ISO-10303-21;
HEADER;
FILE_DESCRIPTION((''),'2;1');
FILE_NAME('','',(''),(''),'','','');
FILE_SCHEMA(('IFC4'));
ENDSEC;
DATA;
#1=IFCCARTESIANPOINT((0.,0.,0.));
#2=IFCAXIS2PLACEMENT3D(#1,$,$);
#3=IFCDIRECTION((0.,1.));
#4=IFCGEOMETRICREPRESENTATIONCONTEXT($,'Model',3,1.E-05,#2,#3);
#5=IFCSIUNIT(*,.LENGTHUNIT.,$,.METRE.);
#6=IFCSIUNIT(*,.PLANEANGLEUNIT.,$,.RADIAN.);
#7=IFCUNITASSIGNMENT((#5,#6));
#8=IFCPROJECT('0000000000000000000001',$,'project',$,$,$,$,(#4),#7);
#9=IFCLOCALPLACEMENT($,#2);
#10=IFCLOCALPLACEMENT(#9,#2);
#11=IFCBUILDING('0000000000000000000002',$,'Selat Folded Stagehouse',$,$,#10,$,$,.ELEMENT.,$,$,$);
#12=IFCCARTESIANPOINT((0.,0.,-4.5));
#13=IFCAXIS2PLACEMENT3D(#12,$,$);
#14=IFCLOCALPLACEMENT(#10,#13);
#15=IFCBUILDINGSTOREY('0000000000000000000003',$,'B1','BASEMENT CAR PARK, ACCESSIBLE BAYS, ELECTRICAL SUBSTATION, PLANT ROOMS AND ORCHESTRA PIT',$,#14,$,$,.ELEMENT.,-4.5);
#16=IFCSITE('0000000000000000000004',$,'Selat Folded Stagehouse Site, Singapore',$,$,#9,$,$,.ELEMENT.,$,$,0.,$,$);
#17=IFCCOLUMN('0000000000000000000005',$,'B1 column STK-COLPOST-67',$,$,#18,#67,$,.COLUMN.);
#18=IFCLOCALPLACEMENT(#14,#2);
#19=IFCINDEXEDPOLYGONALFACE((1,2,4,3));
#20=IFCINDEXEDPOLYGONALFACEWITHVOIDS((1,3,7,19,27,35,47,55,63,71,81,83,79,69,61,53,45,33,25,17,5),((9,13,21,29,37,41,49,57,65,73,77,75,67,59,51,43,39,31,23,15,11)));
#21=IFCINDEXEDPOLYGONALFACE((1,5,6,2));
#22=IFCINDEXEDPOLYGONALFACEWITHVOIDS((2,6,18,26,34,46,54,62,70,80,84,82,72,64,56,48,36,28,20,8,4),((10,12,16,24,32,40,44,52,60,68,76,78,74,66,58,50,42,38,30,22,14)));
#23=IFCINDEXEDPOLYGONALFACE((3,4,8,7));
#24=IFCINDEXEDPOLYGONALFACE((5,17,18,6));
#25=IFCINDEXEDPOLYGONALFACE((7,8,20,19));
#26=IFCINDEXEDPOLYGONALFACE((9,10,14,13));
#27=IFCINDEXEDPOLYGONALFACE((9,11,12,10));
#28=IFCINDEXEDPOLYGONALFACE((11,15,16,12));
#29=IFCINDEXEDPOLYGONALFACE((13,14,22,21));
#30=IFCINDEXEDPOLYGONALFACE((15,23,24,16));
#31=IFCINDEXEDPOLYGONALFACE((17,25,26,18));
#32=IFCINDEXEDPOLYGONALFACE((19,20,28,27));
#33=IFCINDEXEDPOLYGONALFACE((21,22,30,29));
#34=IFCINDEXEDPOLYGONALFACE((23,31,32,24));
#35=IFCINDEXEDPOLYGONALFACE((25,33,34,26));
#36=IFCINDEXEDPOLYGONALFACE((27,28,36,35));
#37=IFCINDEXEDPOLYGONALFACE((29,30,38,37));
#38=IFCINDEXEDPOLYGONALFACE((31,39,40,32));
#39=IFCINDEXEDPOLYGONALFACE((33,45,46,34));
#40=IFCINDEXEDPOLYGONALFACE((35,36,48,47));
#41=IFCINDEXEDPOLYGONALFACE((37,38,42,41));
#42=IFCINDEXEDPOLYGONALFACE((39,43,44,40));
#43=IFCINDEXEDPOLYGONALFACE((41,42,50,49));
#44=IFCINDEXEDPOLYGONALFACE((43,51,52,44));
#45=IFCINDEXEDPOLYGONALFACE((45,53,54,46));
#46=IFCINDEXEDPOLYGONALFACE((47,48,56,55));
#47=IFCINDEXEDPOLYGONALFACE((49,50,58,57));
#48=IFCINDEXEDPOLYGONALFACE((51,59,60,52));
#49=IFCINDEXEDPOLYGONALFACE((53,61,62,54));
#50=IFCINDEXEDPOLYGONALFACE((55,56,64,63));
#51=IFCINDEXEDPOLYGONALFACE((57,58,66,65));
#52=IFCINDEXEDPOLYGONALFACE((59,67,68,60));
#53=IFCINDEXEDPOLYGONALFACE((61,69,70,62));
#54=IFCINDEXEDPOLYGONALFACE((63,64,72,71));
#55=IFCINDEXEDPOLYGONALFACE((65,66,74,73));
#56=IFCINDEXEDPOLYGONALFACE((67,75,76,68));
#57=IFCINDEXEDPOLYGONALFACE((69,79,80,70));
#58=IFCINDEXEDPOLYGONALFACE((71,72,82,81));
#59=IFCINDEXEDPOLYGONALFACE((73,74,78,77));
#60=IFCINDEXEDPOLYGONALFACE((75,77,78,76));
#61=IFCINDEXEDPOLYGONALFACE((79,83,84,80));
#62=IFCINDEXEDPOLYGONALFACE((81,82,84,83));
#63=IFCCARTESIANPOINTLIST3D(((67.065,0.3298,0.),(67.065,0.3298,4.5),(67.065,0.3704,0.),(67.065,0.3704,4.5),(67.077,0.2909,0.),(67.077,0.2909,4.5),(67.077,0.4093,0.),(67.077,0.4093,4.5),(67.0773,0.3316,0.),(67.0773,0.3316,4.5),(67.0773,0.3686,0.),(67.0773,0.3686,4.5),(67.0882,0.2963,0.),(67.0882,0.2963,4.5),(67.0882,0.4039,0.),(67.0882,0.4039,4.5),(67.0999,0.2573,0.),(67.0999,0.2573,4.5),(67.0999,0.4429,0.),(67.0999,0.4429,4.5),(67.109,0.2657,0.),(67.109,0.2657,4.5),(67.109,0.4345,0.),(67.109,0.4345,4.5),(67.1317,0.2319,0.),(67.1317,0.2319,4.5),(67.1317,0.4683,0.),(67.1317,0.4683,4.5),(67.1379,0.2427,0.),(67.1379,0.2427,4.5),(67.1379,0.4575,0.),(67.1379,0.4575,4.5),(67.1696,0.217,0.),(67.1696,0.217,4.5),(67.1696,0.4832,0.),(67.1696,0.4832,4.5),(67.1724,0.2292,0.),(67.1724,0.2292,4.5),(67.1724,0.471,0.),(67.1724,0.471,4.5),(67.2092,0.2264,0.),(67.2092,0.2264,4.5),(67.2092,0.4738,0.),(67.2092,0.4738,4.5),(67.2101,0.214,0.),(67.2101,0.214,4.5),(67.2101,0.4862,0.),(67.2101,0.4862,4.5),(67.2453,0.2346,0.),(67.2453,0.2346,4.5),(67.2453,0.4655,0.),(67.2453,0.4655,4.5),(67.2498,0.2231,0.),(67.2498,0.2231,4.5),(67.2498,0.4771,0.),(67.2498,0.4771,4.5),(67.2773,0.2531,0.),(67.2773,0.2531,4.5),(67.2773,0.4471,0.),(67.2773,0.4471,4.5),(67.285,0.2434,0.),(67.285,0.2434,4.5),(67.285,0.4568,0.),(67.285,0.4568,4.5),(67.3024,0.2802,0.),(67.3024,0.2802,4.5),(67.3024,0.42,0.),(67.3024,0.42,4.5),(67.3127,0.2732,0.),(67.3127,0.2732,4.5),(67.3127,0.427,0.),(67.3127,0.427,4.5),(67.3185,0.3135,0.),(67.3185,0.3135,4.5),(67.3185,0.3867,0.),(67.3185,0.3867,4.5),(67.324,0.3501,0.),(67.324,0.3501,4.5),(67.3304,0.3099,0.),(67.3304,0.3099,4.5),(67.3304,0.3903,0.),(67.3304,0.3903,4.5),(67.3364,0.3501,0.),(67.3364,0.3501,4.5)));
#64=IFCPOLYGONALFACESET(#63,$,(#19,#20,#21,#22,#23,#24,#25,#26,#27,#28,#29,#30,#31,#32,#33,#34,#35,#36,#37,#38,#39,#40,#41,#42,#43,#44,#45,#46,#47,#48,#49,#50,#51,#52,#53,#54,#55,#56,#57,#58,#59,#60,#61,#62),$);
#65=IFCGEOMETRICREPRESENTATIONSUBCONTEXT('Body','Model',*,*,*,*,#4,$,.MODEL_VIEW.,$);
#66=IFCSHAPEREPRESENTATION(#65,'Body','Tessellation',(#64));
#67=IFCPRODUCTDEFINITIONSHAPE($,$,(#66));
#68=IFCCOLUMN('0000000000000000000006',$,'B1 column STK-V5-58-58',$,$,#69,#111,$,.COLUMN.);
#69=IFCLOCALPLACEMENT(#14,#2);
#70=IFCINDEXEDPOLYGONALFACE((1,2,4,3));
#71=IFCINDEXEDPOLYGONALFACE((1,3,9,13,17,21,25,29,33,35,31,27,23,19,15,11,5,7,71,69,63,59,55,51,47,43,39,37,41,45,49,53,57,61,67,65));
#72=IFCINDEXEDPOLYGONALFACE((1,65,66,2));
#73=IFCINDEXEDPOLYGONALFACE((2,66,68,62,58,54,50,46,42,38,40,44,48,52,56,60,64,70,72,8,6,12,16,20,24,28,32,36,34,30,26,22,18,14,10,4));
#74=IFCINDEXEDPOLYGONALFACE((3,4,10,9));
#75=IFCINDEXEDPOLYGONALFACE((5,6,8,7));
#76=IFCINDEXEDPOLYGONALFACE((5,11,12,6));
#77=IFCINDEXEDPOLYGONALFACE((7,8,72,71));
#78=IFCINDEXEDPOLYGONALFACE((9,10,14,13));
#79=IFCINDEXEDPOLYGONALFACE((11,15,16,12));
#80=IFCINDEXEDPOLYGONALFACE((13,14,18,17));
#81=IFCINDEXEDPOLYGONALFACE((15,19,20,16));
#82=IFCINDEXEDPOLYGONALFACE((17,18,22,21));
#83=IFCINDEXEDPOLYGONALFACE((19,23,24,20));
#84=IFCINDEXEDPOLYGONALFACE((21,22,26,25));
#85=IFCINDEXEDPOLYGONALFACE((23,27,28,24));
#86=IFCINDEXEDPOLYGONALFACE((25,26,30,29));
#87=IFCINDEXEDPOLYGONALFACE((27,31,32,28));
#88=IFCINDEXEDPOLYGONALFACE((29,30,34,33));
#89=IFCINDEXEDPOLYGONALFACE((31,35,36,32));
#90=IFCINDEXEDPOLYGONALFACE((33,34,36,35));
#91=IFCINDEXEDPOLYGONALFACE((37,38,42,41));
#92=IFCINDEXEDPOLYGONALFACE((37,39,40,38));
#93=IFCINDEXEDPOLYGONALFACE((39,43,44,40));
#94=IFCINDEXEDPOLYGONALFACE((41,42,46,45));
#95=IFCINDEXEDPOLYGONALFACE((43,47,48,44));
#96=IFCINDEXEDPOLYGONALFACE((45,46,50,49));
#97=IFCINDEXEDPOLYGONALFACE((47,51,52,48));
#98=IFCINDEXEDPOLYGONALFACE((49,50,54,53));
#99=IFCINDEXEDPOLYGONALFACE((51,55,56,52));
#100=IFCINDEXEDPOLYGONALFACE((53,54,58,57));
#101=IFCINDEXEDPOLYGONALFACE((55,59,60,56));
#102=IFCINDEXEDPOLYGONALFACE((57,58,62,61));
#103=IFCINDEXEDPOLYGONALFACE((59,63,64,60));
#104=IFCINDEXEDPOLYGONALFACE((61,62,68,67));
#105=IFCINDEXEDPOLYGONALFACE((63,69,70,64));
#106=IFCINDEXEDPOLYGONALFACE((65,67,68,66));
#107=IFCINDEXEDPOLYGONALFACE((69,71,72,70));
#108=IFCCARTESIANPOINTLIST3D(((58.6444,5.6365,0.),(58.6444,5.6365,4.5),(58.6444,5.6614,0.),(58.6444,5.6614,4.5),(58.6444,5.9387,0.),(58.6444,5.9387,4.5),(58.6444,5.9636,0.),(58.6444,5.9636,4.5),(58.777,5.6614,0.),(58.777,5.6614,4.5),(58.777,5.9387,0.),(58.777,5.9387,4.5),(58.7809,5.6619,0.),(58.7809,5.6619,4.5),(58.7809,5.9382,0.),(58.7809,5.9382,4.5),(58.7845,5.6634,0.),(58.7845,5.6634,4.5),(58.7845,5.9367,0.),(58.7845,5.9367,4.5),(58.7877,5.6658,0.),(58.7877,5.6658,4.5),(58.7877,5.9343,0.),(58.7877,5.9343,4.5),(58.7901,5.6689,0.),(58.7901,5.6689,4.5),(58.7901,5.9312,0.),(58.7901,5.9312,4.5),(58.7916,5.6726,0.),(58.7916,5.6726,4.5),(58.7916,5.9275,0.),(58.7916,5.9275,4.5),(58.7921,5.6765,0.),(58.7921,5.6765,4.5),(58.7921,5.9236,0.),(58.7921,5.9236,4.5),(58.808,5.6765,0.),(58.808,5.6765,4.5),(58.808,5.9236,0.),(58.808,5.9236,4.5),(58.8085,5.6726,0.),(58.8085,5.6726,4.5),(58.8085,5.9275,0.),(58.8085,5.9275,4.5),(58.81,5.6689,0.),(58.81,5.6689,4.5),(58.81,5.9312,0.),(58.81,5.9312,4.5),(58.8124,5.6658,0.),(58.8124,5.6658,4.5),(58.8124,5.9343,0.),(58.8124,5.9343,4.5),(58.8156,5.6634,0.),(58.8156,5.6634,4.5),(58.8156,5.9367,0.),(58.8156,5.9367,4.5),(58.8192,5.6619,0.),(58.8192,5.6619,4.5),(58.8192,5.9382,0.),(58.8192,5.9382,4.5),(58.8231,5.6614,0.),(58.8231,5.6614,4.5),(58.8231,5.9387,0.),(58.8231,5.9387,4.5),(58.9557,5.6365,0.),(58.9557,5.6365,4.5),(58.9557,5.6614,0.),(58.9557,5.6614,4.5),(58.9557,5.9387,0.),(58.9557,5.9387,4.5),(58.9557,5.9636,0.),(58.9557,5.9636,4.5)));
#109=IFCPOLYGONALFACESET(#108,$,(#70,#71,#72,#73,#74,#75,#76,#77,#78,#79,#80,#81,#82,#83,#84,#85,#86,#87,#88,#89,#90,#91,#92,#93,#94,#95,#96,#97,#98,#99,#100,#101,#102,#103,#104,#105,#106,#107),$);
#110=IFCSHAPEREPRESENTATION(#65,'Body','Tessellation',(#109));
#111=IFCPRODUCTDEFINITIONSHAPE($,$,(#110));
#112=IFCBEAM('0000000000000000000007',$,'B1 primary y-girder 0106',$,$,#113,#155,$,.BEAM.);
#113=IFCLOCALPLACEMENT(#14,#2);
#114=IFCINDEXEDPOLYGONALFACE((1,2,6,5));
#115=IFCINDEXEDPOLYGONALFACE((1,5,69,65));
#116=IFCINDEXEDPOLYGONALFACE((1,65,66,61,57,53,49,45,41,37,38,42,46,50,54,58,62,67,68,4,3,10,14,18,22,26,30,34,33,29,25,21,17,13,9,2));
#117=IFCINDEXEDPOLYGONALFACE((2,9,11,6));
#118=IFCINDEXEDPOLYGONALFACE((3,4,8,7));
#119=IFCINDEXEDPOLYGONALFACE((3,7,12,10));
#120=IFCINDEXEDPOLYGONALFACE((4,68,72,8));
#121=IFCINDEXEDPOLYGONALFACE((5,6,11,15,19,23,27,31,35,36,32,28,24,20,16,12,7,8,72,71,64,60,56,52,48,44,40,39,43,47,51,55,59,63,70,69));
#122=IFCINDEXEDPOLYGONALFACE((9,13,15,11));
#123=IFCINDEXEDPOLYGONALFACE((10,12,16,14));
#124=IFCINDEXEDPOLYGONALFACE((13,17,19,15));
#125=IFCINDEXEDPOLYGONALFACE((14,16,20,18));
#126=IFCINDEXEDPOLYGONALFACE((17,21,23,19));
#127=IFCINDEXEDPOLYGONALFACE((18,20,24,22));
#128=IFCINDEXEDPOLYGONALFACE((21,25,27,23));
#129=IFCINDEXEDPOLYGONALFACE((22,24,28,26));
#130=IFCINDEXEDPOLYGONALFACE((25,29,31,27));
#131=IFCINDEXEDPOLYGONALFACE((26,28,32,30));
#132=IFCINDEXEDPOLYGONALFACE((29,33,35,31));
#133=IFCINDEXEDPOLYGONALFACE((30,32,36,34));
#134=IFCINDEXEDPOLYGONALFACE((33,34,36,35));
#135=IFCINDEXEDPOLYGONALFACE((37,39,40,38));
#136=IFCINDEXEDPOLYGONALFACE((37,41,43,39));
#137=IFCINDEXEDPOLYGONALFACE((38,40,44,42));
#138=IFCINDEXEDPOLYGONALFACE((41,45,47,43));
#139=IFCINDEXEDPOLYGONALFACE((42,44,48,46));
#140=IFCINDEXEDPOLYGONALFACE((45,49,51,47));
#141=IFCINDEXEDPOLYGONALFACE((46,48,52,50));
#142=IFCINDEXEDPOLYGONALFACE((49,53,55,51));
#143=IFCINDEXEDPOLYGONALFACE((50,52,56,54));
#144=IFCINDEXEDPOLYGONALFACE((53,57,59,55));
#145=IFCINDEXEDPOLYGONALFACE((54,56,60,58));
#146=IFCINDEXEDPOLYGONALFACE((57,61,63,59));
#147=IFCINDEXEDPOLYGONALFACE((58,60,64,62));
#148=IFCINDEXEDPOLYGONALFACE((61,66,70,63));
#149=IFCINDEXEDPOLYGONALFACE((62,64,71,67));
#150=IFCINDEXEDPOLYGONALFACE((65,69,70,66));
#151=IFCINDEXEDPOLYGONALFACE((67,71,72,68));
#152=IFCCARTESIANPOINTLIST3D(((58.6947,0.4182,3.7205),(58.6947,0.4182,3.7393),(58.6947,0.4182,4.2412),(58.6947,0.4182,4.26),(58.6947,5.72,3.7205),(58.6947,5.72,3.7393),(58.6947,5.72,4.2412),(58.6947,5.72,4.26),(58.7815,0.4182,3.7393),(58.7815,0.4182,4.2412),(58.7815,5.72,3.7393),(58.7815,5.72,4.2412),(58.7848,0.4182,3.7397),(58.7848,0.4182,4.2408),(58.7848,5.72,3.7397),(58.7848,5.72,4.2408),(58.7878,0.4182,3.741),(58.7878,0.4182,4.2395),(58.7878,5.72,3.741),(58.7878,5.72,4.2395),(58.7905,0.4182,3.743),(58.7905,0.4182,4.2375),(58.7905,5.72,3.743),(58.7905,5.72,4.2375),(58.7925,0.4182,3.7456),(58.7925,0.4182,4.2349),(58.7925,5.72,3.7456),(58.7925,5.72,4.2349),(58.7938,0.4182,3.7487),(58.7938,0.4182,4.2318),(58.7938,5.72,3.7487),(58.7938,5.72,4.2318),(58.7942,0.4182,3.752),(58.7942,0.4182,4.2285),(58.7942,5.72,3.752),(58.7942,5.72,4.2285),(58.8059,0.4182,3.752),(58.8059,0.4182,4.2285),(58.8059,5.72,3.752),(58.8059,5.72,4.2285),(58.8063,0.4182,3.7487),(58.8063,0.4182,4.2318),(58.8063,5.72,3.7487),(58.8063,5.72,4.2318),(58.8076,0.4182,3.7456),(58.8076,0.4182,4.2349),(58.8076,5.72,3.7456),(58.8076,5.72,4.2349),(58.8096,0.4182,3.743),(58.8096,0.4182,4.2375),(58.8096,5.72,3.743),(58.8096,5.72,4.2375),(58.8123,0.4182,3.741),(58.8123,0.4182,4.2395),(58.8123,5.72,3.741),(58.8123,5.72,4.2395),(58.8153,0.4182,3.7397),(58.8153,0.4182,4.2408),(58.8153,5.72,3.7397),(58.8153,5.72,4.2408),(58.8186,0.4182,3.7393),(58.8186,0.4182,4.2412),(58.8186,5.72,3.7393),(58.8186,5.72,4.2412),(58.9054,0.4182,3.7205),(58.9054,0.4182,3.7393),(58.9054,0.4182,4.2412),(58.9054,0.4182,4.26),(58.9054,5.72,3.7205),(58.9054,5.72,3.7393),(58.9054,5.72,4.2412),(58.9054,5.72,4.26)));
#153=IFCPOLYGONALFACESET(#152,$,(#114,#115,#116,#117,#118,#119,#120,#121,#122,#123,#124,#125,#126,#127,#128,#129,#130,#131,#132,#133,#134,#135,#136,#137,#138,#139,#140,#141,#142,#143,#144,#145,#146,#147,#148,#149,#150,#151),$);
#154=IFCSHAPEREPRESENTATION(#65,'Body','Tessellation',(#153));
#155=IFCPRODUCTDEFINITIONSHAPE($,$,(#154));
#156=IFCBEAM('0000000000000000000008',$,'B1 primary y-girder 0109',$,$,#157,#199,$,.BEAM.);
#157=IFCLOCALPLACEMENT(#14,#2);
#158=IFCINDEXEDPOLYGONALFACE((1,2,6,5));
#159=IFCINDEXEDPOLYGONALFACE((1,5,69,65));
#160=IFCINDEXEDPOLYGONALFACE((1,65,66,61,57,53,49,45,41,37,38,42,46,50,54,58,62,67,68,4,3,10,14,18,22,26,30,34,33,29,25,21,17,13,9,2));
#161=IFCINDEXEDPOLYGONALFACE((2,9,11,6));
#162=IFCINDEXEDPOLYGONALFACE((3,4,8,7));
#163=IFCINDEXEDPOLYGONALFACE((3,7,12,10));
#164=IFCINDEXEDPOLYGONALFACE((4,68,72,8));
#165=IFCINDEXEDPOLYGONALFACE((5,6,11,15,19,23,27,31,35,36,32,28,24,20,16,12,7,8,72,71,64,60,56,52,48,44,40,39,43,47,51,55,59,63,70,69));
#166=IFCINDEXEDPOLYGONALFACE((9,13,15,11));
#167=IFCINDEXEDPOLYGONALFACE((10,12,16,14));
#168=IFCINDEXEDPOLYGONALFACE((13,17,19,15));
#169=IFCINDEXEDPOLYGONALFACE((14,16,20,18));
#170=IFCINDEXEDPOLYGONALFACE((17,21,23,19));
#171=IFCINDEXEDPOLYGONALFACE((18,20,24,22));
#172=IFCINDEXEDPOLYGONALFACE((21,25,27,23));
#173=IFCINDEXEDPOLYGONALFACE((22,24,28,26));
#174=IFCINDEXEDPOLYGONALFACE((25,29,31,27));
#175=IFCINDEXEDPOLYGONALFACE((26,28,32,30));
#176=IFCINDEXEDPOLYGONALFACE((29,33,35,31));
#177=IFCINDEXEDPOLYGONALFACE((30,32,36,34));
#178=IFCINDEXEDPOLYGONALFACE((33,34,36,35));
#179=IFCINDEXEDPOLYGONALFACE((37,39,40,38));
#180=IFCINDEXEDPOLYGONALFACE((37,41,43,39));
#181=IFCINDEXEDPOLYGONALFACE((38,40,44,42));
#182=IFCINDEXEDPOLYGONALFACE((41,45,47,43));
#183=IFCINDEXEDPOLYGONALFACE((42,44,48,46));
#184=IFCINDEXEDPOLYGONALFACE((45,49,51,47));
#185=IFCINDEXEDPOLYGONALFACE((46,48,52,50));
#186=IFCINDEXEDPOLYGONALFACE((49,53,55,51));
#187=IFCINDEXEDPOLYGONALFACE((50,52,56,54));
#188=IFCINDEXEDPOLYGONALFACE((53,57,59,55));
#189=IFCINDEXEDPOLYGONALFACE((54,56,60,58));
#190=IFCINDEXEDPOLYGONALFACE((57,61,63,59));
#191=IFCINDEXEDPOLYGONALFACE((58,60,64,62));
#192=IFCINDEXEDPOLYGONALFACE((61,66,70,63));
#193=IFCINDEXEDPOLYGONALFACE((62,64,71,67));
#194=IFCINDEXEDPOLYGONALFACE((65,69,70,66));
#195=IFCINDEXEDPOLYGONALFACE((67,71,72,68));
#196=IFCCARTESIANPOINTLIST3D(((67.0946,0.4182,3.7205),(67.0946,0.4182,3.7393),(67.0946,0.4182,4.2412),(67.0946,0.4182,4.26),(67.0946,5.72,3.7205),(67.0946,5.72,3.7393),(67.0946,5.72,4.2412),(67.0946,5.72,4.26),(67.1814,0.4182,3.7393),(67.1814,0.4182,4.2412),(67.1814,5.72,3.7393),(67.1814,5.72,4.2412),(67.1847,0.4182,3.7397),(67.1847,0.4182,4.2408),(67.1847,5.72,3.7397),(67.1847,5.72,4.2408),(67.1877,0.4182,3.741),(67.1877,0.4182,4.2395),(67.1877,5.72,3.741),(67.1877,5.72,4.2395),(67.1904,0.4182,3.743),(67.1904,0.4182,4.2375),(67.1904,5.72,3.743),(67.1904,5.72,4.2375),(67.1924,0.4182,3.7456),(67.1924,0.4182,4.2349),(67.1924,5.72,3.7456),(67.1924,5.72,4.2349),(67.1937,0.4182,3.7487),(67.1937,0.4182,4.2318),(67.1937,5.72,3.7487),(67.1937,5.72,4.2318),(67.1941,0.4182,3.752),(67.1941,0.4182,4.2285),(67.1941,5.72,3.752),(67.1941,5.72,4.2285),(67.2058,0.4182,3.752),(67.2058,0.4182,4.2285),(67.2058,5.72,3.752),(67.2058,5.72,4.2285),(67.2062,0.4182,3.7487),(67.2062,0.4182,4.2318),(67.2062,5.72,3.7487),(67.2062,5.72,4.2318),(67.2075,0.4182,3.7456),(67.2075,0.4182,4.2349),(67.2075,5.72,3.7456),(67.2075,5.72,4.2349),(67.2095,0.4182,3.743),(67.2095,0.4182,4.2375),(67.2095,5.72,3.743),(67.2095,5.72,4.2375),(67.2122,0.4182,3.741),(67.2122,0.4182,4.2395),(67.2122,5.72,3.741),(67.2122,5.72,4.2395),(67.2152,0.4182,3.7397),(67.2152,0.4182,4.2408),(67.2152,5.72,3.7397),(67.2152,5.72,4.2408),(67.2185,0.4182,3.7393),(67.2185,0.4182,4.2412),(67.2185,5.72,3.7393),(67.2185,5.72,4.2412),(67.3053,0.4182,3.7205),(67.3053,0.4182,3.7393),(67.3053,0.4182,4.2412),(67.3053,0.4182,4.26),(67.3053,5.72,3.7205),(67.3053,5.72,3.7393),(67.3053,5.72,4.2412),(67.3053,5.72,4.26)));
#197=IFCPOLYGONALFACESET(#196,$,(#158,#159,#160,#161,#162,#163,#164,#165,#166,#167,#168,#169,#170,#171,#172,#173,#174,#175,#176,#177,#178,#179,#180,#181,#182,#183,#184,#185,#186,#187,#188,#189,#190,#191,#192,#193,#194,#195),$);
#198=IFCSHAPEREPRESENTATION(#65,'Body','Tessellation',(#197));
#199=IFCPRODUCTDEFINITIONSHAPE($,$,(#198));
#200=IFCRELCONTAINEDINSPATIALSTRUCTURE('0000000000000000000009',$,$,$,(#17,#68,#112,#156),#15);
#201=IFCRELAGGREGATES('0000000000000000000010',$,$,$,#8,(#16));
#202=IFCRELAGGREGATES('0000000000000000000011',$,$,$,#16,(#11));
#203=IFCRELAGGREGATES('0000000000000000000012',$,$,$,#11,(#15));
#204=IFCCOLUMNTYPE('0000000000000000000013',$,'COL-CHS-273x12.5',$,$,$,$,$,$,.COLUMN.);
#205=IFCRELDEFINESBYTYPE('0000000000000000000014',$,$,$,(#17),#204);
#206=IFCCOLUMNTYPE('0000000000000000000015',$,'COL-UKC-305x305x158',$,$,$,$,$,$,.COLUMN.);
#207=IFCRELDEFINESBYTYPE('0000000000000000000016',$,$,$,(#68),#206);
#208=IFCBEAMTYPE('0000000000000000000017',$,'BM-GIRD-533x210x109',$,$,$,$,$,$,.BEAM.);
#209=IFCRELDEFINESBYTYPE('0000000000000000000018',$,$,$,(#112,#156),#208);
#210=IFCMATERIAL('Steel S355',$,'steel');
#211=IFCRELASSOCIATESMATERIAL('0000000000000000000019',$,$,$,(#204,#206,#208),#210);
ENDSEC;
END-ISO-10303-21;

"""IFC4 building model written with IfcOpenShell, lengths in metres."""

from ifc_helpers import new_model, si_unit, direction, frame, origin, origin_2d, place, context, subcontext, project, spatial, hollow_circle, i_section, extrude, material, material_profile, profile_set, type_object, element, save


model = new_model("IFC4")

# Units and contexts
model_context = context("Model", 3, precision=1e-05, world=origin(), true_north=direction((0.0, 1.0)))
body_context = subcontext(model_context, "Body", "Model", "MODEL_VIEW")
ifc_project = project(units=[si_unit("LENGTHUNIT", "METRE"), si_unit("PLANEANGLEUNIT", "RADIAN")], contexts=[model_context])

# Site, building, storey
site_placement = place(None, origin())
site = spatial("IfcSite", under=ifc_project, at=site_placement, Name="Selat Folded Stagehouse Site, Singapore", CompositionType="ELEMENT", RefElevation=0.0)
building_placement = place(site_placement, origin())
building = spatial("IfcBuilding", under=site, at=building_placement, Name="Selat Folded Stagehouse", CompositionType="ELEMENT")
storey_placement = place(building_placement, frame((0.0, 0.0, -4.5)))
storey = spatial("IfcBuildingStorey", under=building, at=storey_placement, Name="B1", Description="BASEMENT CAR PARK, ACCESSIBLE BAYS, ELECTRICAL SUBSTATION, PLANT ROOMS AND ORCHESTRA PIT", CompositionType="ELEMENT", Elevation=-4.5)

# Columns
ifc_material_1 = material(Name="Steel S355", Category="steel")
ifc_material_profile_1 = material_profile(ifc_material_1, hollow_circle(Radius=0.1365, WallThickness=0.0125, at=origin_2d()), Name="CHS 273.0x12.5")
ifc_profile_set_1 = profile_set([ifc_material_profile_1], Name="Steel S355")
column_type_1 = type_object("IfcColumnType", Name="COL-CHS-273x12.5", PredefinedType="COLUMN", material=ifc_profile_set_1)
for number, where, z_axis, x_axis, name in (
    (1, (67.2, 0.3501, 0.0), (0.0, 0.0, 1.0), (1.0, 0.0, 0.0), "B1 column STK-COLPOST-67"),
):
    element("IfcColumn", number, at=place(storey_placement, frame(where, z_axis=z_axis, x_axis=x_axis)), inside=storey, type_object=column_type_1, Name=name, PredefinedType="COLUMN", context=body_context, shape_type="SweptSolid", body=[
        extrude(hollow_circle(Radius=0.1365, WallThickness=0.0125, at=origin_2d()), origin(), (0.0, 0.0, 1.0), 4.5),
    ])
ifc_material_profile_2 = material_profile(ifc_material_1, i_section(OverallWidth=0.3113, OverallDepth=0.3271, WebThickness=0.0159, FlangeThickness=0.0249, FilletRadius=0.0151, at=origin_2d()), Name="UKC 305x305x158")
ifc_profile_set_2 = profile_set([ifc_material_profile_2], Name="Steel S355")
column_type_2 = type_object("IfcColumnType", Name="COL-UKC-305x305x158", PredefinedType="COLUMN", material=ifc_profile_set_2)
column_placement = place(storey_placement, frame((58.8, 5.8, 0.0), z_axis=(0.0, 0.0, 1.0), x_axis=(1.0, 0.0, 0.0)))
element("IfcColumn", 2, at=column_placement, inside=storey, type_object=column_type_2, Name="B1 column STK-V5-58-58", PredefinedType="COLUMN", context=body_context, shape_type="SweptSolid", body=[
    extrude(i_section(OverallWidth=0.3113, OverallDepth=0.3271, WebThickness=0.0159, FlangeThickness=0.0249, FilletRadius=0.0151, at=origin_2d()), origin(), (0.0, 0.0, 1.0), 4.5),
])

# Beams
ifc_material_profile_3 = material_profile(ifc_material_1, i_section(OverallWidth=0.2107, OverallDepth=0.5396, WebThickness=0.0117, FlangeThickness=0.0188, FilletRadius=0.0127, at=origin_2d()), Name="UKB 533x210x109")
ifc_profile_set_3 = profile_set([ifc_material_profile_3], Name="Steel S355")
beam_type_1 = type_object("IfcBeamType", Name="BM-GIRD-533x210x109", PredefinedType="BEAM", material=ifc_profile_set_3)
for number, where, z_axis, x_axis, name in (
    (3, (58.8, 0.4182, 3.9902), (0.0, 1.0, 0.0), (-1.0, 0.0, 0.0), "B1 primary y-girder 0106"),
    (4, (67.2, 0.4182, 3.9902), (0.0, 1.0, 0.0), (-1.0, 0.0, 0.0), "B1 primary y-girder 0109"),
):
    element("IfcBeam", number, at=place(storey_placement, frame(where, z_axis=z_axis, x_axis=x_axis)), inside=storey, type_object=beam_type_1, Name=name, PredefinedType="BEAM", context=body_context, shape_type="SweptSolid", body=[
        extrude(i_section(OverallWidth=0.2107, OverallDepth=0.5396, WebThickness=0.0117, FlangeThickness=0.0188, FilletRadius=0.0127, at=origin_2d()), origin(), (0.0, 0.0, 1.0), 5.3018),
    ])

save(model, "model.ifc")
